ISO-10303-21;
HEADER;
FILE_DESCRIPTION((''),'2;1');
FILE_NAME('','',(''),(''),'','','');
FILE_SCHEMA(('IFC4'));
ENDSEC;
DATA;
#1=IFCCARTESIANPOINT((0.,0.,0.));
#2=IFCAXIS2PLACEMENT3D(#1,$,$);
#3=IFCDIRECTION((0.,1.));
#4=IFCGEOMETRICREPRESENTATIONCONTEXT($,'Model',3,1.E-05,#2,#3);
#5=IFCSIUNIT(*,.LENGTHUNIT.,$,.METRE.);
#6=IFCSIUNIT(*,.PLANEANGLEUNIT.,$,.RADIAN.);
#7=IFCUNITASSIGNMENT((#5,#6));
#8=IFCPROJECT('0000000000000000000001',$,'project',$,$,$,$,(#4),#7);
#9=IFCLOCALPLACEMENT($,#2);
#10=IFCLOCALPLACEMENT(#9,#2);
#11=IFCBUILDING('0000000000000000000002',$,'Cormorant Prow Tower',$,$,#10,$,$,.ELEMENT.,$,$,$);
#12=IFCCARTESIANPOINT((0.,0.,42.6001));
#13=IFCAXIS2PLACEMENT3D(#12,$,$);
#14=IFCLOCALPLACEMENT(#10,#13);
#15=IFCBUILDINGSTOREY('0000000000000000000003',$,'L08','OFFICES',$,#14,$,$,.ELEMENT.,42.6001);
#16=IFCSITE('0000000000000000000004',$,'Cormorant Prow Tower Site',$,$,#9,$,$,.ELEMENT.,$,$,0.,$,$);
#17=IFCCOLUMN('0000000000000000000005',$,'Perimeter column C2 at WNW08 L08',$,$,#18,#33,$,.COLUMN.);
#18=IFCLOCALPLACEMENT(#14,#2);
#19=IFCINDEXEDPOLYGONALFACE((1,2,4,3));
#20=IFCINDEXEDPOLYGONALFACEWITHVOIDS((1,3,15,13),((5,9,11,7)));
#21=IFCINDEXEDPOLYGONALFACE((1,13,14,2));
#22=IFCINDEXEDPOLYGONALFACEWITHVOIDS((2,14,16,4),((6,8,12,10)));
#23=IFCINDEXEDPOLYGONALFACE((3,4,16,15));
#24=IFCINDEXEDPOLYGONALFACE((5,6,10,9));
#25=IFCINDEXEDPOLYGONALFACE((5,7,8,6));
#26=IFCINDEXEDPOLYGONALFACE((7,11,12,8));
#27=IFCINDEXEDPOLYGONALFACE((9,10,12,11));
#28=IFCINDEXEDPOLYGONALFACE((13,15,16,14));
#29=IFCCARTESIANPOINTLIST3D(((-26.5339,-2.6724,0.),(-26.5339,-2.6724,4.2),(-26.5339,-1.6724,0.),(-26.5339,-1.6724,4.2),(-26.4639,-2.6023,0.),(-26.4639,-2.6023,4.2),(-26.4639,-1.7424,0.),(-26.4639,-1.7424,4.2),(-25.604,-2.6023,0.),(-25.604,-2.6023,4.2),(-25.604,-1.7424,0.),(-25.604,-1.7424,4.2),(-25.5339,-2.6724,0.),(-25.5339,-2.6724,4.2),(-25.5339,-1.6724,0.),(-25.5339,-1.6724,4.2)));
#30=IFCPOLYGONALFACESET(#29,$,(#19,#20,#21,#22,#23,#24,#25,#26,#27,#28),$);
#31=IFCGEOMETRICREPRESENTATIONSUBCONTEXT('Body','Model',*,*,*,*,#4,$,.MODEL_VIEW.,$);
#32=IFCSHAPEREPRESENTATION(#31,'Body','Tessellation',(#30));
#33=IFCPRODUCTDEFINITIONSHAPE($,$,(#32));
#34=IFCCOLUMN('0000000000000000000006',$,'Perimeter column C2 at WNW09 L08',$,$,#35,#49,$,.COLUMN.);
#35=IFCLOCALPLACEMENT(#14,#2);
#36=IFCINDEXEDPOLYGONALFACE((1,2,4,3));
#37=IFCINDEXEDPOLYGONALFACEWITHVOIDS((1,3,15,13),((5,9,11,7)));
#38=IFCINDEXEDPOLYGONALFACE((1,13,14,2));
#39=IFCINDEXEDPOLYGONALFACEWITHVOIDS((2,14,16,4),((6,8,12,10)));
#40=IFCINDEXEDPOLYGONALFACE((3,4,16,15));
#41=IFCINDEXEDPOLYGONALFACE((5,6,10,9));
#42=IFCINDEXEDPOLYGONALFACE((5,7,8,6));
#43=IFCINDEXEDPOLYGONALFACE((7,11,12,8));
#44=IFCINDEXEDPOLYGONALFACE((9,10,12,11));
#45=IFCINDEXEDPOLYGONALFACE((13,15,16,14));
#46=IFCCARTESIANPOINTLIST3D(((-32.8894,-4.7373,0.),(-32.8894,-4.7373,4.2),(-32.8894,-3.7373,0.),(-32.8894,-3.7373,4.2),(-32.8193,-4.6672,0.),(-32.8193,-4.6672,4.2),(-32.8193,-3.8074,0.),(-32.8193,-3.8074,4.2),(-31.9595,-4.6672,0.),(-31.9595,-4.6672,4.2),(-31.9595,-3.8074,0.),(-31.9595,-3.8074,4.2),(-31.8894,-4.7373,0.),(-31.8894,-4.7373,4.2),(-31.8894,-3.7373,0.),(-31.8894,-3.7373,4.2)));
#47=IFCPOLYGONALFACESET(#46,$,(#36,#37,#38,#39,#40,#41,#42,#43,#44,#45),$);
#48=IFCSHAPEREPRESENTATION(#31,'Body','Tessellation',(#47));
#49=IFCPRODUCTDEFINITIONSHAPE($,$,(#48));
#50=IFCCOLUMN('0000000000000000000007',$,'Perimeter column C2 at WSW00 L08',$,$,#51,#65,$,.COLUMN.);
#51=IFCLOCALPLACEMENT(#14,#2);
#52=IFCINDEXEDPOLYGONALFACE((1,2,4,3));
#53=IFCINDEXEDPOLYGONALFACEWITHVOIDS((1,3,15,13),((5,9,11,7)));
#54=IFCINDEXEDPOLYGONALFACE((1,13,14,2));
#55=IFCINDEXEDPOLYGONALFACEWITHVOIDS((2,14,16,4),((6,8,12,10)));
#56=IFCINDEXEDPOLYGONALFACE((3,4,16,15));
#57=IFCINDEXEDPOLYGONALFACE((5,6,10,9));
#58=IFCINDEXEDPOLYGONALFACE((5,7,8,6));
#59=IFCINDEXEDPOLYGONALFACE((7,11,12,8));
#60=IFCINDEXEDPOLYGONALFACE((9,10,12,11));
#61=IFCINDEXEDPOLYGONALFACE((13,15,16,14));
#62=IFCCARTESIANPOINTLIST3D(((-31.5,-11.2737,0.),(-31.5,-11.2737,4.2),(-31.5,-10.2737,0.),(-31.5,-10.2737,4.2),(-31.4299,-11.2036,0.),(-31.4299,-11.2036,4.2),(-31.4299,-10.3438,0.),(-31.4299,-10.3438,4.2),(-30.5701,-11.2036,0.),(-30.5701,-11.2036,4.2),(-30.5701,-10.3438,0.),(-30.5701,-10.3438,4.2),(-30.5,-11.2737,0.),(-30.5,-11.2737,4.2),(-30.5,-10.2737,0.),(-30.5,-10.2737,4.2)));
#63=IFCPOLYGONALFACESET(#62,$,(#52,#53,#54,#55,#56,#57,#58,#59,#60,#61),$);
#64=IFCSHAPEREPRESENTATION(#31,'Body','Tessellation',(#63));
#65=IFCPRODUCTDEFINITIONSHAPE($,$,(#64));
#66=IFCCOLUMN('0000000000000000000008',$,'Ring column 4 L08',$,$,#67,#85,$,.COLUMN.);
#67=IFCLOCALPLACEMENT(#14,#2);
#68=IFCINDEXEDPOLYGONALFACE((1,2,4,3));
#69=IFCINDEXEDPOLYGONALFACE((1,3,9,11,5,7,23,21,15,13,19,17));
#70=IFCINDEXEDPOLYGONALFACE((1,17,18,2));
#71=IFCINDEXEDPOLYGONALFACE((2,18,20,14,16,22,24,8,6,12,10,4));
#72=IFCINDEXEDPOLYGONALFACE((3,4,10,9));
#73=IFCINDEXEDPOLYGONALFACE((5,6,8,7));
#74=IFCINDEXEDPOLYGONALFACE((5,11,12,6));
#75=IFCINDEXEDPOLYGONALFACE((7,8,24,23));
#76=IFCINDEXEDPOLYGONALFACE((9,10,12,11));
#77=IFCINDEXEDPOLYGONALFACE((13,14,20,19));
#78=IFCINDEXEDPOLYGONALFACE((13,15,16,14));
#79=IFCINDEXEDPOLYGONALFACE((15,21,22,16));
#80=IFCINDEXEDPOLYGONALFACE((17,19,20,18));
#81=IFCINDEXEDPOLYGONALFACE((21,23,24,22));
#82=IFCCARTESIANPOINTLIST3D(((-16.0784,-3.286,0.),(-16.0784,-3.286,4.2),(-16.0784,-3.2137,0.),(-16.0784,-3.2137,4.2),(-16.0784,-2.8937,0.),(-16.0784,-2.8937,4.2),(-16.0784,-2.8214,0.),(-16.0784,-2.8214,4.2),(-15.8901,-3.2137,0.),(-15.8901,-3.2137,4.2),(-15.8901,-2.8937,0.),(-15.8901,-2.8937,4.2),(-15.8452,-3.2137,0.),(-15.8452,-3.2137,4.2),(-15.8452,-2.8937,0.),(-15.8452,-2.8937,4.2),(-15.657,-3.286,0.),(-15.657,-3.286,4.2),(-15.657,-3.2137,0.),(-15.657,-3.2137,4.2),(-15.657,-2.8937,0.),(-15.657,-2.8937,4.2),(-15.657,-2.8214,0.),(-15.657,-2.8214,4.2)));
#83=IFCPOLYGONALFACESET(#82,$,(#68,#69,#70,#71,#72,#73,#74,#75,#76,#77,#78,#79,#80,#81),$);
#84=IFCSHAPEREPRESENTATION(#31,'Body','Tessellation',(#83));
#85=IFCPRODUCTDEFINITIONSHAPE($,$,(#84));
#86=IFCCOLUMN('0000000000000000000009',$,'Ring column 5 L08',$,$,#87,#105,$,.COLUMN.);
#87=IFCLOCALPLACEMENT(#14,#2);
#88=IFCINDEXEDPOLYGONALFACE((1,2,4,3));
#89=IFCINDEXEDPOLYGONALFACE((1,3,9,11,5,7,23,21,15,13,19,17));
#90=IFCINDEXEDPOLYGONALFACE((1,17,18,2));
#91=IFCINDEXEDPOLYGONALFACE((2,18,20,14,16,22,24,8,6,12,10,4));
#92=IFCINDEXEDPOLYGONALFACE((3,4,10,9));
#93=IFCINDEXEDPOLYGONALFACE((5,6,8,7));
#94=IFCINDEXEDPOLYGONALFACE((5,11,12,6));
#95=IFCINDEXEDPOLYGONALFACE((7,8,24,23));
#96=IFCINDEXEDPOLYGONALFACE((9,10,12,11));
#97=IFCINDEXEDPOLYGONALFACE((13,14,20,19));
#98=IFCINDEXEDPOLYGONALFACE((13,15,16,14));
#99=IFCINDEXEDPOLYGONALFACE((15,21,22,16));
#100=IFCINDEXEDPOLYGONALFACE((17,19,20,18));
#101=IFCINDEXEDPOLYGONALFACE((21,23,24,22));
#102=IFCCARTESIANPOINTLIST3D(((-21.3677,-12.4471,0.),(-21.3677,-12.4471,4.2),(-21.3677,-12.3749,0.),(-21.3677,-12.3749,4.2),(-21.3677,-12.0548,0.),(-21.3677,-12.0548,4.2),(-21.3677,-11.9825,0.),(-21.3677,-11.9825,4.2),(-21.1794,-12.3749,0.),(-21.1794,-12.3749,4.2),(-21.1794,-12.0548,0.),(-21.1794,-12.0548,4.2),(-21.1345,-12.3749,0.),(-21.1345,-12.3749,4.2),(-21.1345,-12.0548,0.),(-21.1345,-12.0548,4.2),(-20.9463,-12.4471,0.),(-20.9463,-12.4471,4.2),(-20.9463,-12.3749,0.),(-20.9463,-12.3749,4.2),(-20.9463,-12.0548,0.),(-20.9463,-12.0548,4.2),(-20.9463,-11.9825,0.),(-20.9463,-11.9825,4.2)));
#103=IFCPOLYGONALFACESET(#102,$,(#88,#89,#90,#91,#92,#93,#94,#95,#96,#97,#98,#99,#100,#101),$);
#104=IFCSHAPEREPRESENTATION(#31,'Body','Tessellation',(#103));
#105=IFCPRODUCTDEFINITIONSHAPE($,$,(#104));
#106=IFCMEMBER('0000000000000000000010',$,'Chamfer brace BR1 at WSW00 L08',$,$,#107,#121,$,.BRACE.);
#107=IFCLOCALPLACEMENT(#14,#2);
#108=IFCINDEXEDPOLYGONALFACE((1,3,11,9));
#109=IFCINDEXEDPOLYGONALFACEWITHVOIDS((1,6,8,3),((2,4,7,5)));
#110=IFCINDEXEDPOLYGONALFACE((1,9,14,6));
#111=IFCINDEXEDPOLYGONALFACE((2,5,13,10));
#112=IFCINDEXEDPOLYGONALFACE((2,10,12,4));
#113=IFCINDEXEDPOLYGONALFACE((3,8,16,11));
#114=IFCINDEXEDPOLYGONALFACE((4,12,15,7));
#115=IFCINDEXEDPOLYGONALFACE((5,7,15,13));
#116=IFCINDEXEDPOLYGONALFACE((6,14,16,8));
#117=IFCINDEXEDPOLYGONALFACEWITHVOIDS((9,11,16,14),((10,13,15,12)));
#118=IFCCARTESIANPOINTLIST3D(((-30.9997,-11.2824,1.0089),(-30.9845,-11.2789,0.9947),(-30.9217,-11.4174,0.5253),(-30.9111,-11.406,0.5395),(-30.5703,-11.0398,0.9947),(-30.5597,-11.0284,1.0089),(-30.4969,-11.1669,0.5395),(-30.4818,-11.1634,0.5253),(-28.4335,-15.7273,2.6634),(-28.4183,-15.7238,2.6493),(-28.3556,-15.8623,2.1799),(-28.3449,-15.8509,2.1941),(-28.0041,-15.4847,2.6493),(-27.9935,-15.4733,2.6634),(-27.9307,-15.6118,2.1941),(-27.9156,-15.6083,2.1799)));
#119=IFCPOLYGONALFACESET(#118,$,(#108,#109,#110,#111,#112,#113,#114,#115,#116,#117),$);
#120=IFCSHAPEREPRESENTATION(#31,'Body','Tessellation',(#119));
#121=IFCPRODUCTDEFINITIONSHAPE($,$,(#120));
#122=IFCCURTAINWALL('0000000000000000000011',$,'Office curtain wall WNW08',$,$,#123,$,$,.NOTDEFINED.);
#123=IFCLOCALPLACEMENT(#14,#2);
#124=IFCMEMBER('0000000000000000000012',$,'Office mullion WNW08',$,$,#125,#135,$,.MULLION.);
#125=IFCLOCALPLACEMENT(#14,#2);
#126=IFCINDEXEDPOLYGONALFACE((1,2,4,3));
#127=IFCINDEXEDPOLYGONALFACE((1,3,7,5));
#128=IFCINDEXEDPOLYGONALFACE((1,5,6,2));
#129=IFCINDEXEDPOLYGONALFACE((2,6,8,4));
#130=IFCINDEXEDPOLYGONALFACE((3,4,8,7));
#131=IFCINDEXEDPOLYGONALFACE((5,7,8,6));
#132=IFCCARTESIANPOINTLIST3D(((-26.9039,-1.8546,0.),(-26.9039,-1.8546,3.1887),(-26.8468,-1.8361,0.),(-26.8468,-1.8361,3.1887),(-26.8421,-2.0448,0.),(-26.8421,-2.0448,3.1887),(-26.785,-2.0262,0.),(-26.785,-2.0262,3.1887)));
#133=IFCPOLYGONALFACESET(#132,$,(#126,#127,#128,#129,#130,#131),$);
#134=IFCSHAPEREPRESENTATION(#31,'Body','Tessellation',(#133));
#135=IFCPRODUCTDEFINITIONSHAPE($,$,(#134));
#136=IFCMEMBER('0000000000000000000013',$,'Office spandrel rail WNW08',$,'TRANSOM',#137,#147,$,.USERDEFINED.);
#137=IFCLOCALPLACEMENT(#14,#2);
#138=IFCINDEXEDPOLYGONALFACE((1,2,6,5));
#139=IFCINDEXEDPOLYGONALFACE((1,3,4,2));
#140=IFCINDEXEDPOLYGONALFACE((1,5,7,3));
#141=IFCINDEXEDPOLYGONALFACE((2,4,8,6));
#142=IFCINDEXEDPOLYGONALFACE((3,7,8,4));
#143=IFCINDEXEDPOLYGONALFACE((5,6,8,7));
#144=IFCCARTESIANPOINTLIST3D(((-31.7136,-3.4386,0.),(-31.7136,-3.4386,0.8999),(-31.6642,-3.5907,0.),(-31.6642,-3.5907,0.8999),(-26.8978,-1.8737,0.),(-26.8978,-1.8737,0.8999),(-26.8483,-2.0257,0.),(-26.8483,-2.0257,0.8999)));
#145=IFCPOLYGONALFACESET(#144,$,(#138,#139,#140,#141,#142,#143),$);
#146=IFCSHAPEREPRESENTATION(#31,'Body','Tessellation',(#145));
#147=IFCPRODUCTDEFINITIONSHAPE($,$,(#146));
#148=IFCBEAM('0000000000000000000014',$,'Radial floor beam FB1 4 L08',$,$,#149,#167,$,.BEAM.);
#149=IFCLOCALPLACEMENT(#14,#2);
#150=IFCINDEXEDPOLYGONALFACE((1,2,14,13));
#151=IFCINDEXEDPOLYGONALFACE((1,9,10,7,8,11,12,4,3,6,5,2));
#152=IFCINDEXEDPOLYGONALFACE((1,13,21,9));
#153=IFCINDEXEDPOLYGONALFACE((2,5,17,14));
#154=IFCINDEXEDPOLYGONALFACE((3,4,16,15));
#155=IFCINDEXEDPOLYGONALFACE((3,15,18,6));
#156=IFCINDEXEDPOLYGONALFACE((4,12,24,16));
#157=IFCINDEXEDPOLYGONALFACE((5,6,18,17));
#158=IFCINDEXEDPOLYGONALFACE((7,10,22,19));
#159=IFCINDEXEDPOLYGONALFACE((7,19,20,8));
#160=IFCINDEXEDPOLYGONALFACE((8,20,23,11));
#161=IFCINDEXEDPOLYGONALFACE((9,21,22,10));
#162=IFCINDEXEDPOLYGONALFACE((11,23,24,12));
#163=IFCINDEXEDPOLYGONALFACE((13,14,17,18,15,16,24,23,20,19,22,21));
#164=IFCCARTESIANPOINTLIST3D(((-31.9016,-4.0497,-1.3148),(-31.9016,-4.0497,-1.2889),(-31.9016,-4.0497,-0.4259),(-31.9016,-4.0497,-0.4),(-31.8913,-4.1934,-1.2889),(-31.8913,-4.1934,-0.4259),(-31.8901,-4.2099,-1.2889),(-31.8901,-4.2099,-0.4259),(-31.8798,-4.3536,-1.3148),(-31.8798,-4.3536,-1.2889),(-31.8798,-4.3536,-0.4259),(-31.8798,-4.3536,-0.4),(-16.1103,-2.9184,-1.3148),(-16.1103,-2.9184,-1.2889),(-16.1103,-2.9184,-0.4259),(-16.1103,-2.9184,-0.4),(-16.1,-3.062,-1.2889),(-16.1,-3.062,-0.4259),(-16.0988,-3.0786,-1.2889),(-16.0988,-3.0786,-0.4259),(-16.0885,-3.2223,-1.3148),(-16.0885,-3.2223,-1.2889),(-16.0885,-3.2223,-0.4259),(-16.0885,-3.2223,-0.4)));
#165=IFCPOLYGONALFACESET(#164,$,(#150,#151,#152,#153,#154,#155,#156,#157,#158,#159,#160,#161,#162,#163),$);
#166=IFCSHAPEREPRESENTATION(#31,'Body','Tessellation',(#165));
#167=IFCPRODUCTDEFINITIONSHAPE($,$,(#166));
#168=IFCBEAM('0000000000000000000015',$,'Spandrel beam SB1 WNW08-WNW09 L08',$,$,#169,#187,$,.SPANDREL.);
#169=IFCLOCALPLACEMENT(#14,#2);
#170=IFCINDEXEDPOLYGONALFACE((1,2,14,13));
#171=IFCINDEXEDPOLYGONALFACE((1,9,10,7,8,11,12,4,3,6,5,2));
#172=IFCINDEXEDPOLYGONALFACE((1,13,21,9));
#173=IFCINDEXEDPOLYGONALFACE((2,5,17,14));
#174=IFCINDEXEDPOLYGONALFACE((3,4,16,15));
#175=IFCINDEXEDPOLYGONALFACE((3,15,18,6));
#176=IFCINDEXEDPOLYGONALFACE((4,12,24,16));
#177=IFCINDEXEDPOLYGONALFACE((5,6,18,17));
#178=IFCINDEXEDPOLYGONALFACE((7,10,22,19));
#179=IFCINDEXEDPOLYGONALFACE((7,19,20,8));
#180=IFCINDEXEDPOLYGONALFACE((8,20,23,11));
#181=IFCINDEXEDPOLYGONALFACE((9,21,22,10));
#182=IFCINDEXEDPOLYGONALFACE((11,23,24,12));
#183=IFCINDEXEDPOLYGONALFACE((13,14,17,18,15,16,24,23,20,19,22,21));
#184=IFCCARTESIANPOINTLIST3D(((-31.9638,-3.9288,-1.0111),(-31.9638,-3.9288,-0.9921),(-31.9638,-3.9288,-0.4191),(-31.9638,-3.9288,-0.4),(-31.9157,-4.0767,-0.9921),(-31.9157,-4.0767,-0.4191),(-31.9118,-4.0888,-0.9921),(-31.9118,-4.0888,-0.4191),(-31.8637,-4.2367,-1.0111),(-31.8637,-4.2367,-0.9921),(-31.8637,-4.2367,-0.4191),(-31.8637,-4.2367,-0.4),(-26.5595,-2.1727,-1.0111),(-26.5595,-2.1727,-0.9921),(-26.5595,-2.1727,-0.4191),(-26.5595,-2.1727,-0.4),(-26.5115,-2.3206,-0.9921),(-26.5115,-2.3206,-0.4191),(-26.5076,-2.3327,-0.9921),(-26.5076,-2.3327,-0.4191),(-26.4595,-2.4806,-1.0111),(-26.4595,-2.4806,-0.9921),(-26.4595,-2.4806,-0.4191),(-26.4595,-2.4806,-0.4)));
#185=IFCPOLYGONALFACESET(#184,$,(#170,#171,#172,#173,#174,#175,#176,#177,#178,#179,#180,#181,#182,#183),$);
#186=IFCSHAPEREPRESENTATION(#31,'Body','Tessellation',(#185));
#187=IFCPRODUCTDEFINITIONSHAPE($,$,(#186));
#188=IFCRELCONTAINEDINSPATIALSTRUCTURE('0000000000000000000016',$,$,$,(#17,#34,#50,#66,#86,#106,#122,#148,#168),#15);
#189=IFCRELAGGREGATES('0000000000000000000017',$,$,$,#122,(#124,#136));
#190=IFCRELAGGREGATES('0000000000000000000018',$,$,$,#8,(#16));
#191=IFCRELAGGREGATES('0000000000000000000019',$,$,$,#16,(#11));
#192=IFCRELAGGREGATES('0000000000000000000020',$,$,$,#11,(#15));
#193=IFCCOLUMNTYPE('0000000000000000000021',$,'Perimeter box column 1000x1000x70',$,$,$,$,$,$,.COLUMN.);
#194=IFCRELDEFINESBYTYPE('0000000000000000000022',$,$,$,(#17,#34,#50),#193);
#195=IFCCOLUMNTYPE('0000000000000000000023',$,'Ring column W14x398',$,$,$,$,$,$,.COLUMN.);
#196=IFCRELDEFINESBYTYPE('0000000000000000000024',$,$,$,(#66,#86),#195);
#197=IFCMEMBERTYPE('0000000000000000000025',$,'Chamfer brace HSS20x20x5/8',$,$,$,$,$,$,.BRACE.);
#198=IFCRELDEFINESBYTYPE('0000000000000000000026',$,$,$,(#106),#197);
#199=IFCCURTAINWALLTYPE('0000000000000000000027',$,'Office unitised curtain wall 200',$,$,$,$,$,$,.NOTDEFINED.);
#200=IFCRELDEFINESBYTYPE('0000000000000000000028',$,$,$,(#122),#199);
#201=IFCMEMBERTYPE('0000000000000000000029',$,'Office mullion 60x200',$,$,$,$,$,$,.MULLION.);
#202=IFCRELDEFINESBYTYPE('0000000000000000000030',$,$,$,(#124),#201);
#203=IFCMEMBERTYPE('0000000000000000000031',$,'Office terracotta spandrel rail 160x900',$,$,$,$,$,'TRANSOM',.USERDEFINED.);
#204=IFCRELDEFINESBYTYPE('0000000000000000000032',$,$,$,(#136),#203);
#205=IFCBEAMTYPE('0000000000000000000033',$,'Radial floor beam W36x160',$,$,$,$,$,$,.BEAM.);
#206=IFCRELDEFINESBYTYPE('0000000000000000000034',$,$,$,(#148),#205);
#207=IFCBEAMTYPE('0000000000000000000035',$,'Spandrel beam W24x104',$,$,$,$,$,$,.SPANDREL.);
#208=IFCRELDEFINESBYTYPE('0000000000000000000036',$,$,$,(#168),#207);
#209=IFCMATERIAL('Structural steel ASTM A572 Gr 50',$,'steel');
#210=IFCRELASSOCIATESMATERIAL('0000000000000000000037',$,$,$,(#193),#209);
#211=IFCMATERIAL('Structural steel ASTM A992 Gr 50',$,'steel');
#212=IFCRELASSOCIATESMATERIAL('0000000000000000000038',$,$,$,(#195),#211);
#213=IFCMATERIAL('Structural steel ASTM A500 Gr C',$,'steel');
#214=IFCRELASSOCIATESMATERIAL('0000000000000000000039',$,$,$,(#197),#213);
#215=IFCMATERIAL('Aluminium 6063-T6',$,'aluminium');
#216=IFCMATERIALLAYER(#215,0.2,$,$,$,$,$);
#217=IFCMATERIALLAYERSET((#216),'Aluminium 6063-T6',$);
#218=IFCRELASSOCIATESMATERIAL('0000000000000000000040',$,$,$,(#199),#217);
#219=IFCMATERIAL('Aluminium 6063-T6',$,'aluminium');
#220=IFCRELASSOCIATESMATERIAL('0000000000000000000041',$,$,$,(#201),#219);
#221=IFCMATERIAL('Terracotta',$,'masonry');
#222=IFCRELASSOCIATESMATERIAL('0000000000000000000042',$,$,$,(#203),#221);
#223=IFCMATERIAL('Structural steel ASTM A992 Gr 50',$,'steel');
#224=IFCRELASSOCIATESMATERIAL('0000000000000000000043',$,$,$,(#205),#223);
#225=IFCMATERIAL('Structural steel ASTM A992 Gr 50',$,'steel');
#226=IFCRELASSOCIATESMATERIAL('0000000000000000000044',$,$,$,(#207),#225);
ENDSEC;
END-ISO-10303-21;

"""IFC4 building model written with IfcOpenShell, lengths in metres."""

from ifc_helpers import new_model, si_unit, direction, frame, origin, origin_2d, place, context, subcontext, project, spatial, rectangle, hollow_rectangle, i_section, extrude, material, layer, layer_set, material_profile, profile_set, type_object, element, aggregate, save


model = new_model("IFC4")

# Units and contexts
model_context = context("Model", 3, precision=1e-05, world=origin(), true_north=direction((0.0, 1.0)))
body_context = subcontext(model_context, "Body", "Model", "MODEL_VIEW")
ifc_project = project(units=[si_unit("LENGTHUNIT", "METRE"), si_unit("PLANEANGLEUNIT", "RADIAN")], contexts=[model_context])

# Site, building, storey
site_placement = place(None, origin())
site = spatial("IfcSite", under=ifc_project, at=site_placement, Name="Cormorant Prow Tower Site", CompositionType="ELEMENT", RefElevation=0.0)
building_placement = place(site_placement, origin())
building = spatial("IfcBuilding", under=site, at=building_placement, Name="Cormorant Prow Tower", CompositionType="ELEMENT")
storey_placement = place(building_placement, frame((0.0, 0.0, 42.6001)))
storey = spatial("IfcBuildingStorey", under=building, at=storey_placement, Name="L08", Description="OFFICES", CompositionType="ELEMENT", Elevation=42.6001)

# Columns
ifc_material_1 = material(Name="Structural steel ASTM A572 Gr 50", Category="steel")
ifc_material_profile_1 = material_profile(ifc_material_1, hollow_rectangle(XDim=1.0, YDim=1.0, WallThickness=0.0701, at=origin_2d()), Name="Box 1000x1000x70")
ifc_profile_set_1 = profile_set([ifc_material_profile_1], Name="Structural steel ASTM A572 Gr 50")
column_type_1 = type_object("IfcColumnType", Name="Perimeter box column 1000x1000x70", PredefinedType="COLUMN", material=ifc_profile_set_1)
for number, where, z_axis, x_axis, name in (
    (1, (-26.0339, -2.1724, 0.0), (0.0, 0.0, 1.0), (1.0, 0.0, 0.0), "Perimeter column C2 at WNW08 L08"),
    (2, (-32.3894, -4.2373, 0.0), (0.0, 0.0, 1.0), (1.0, 0.0, 0.0), "Perimeter column C2 at WNW09 L08"),
    (3, (-31.0, -10.7737, 0.0), (0.0, 0.0, 1.0), (1.0, 0.0, 0.0), "Perimeter column C2 at WSW00 L08"),
):
    element("IfcColumn", number, at=place(storey_placement, frame(where, z_axis=z_axis, x_axis=x_axis)), inside=storey, type_object=column_type_1, Name=name, PredefinedType="COLUMN", context=body_context, shape_type="SweptSolid", body=[
        extrude(hollow_rectangle(XDim=1.0, YDim=1.0, WallThickness=0.0701, at=origin_2d()), origin(), (0.0, 0.0, 1.0), 4.2),
    ])
ifc_material_2 = material(Name="Structural steel ASTM A992 Gr 50", Category="steel")
ifc_material_profile_2 = material_profile(ifc_material_2, i_section(OverallWidth=0.4214, OverallDepth=0.4646, WebThickness=0.0449, FlangeThickness=0.0723, at=origin_2d()), Name="W14x398")
ifc_profile_set_2 = profile_set([ifc_material_profile_2], Name="Structural steel ASTM A992 Gr 50")
column_type_2 = type_object("IfcColumnType", Name="Ring column W14x398", PredefinedType="COLUMN", material=ifc_profile_set_2)
for number, where, z_axis, x_axis, name in (
    (4, (-15.8677, -3.0537, 0.0), (0.0, 0.0, 1.0), (1.0, 0.0, 0.0), "Ring column 4 L08"),
    (5, (-21.157, -12.2148, 0.0), (0.0, 0.0, 1.0), (1.0, 0.0, 0.0), "Ring column 5 L08"),
):
    element("IfcColumn", number, at=place(storey_placement, frame(where, z_axis=z_axis, x_axis=x_axis)), inside=storey, type_object=column_type_2, Name=name, PredefinedType="COLUMN", context=body_context, shape_type="SweptSolid", body=[
        extrude(i_section(OverallWidth=0.4214, OverallDepth=0.4646, WebThickness=0.0449, FlangeThickness=0.0723, at=origin_2d()), origin(), (0.0, 0.0, 1.0), 4.2),
    ])

# Member
ifc_material_3 = material(Name="Structural steel ASTM A500 Gr C", Category="steel")
ifc_material_profile_3 = material_profile(ifc_material_3, hollow_rectangle(XDim=0.5081, YDim=0.5081, WallThickness=0.0149, at=origin_2d()), Name="HSS20x20x5/8")
ifc_profile_set_3 = profile_set([ifc_material_profile_3], Name="Structural steel ASTM A500 Gr C")
member_type_1 = type_object("IfcMemberType", Name="Chamfer brace HSS20x20x5/8", PredefinedType="BRACE", material=ifc_profile_set_3)
member_1_placement = place(storey_placement, frame((-30.7407, -11.2229, 0.7671), z_axis=(0.475875, -0.824259, 0.306822), x_axis=(0.86603, 0.499991, 0.0)))
element("IfcMember", 6, at=member_1_placement, inside=storey, type_object=member_type_1, Name="Chamfer brace BR1 at WSW00 L08", PredefinedType="BRACE", context=body_context, shape_type="SweptSolid", body=[
    extrude(hollow_rectangle(XDim=0.5081, YDim=0.5081, WallThickness=0.0149, at=origin_2d()), origin(), (0.0, 0.0, 1.0), 5.3926),
])

# Curtain wall, members
ifc_material_4 = material(Name="Aluminium 6063-T6", Category="aluminium")
ifc_layer_1 = layer(ifc_material_4, 0.2)
ifc_layer_set_1 = layer_set([ifc_layer_1], Name="Aluminium 6063-T6")
curtain_wall_type = type_object("IfcCurtainWallType", Name="Office unitised curtain wall 200", PredefinedType="NOTDEFINED", material=ifc_layer_set_1)
curtain_wall_placement = place(storey_placement, origin())
curtain_wall = element("IfcCurtainWall", 7, at=curtain_wall_placement, inside=storey, type_object=curtain_wall_type, Name="Office curtain wall WNW08", PredefinedType="NOTDEFINED")
ifc_material_5 = material(Name="Aluminium 6063-T6", Category="aluminium")
ifc_material_profile_4 = material_profile(ifc_material_5, rectangle(XDim=0.2, YDim=0.0601, at=origin_2d()), Name="Office mullion 60x200")
ifc_profile_set_4 = profile_set([ifc_material_profile_4], Name="Aluminium 6063-T6")
member_type_2 = type_object("IfcMemberType", Name="Office mullion 60x200", PredefinedType="MULLION", material=ifc_profile_set_4)
member_2_placement = place(storey_placement, frame((-26.8445, -1.9404, 0.0), z_axis=(0.0, 0.0, 1.0), x_axis=(0.309017, -0.951057, 0.0)))
member_2 = element("IfcMember", 8, at=member_2_placement, type_object=member_type_2, Name="Office mullion WNW08", PredefinedType="MULLION", context=body_context, shape_type="SweptSolid", body=[
    extrude(rectangle(XDim=0.2, YDim=0.0601, at=origin_2d()), origin(), (0.0, 0.0, 1.0), 3.1887),
])
ifc_material_6 = material(Name="Terracotta", Category="masonry")
ifc_material_profile_5 = material_profile(ifc_material_6, rectangle(XDim=0.1599, YDim=0.8999, at=origin_2d()), Name="Office terracotta spandrel rail 160x900")
ifc_profile_set_5 = profile_set([ifc_material_profile_5], Name="Terracotta")
member_type_3 = type_object("IfcMemberType", Name="Office terracotta spandrel rail 160x900", ElementType="TRANSOM", PredefinedType="USERDEFINED", material=ifc_profile_set_5)
member_3_placement = place(storey_placement, frame((-26.873, -1.9497, 0.45), z_axis=(-0.951048, -0.309045, 0.0), x_axis=(0.309045, -0.951048, 0.0)))
member_3 = element("IfcMember", 9, at=member_3_placement, type_object=member_type_3, Name="Office spandrel rail WNW08", ObjectType="TRANSOM", PredefinedType="USERDEFINED", context=body_context, shape_type="SweptSolid", body=[
    extrude(rectangle(XDim=0.1599, YDim=0.8999, at=origin_2d()), origin(), (0.0, 0.0, 1.0), 5.0637),
])

# Beams
ifc_material_7 = material(Name="Structural steel ASTM A992 Gr 50", Category="steel")
ifc_material_profile_6 = material_profile(ifc_material_7, i_section(OverallWidth=0.3047, OverallDepth=0.9148, WebThickness=0.0166, FlangeThickness=0.0259, at=origin_2d()), Name="W36x160")
ifc_profile_set_6 = profile_set([ifc_material_profile_6], Name="Structural steel ASTM A992 Gr 50")
beam_type_1 = type_object("IfcBeamType", Name="Radial floor beam W36x160", PredefinedType="BEAM", material=ifc_profile_set_6)
beam_1_placement = place(storey_placement, frame((-16.0994, -3.0703, -0.8574), z_axis=(-0.997443, -0.071461, 0.0), x_axis=(0.071461, -0.997443, 0.0)))
element("IfcBeam", 10, at=beam_1_placement, inside=storey, type_object=beam_type_1, Name="Radial floor beam FB1 4 L08", PredefinedType="BEAM", context=body_context, shape_type="SweptSolid", body=[
    extrude(i_section(OverallWidth=0.3047, OverallDepth=0.9148, WebThickness=0.0166, FlangeThickness=0.0259, at=origin_2d()), origin(), (0.0, 0.0, 1.0), 15.8318),
])
ifc_material_8 = material(Name="Structural steel ASTM A992 Gr 50", Category="steel")
ifc_material_profile_7 = material_profile(ifc_material_8, i_section(OverallWidth=0.3237, OverallDepth=0.6111, WebThickness=0.0127, FlangeThickness=0.019, at=origin_2d()), Name="W24x104")
ifc_profile_set_7 = profile_set([ifc_material_profile_7], Name="Structural steel ASTM A992 Gr 50")
beam_type_2 = type_object("IfcBeamType", Name="Spandrel beam W24x104", PredefinedType="SPANDREL", material=ifc_profile_set_7)
beam_2_placement = place(storey_placement, frame((-26.5095, -2.3267, -0.7056), z_axis=(-0.951049, -0.309039, 0.0), x_axis=(0.309039, -0.951049, 0.0)))
element("IfcBeam", 11, at=beam_2_placement, inside=storey, type_object=beam_type_2, Name="Spandrel beam SB1 WNW08-WNW09 L08", PredefinedType="SPANDREL", context=body_context, shape_type="SweptSolid", body=[
    extrude(i_section(OverallWidth=0.3237, OverallDepth=0.6111, WebThickness=0.0127, FlangeThickness=0.019, at=origin_2d()), origin(), (0.0, 0.0, 1.0), 5.6824),
])

aggregate(curtain_wall, [member_2, member_3])

save(model, "model.ifc")
